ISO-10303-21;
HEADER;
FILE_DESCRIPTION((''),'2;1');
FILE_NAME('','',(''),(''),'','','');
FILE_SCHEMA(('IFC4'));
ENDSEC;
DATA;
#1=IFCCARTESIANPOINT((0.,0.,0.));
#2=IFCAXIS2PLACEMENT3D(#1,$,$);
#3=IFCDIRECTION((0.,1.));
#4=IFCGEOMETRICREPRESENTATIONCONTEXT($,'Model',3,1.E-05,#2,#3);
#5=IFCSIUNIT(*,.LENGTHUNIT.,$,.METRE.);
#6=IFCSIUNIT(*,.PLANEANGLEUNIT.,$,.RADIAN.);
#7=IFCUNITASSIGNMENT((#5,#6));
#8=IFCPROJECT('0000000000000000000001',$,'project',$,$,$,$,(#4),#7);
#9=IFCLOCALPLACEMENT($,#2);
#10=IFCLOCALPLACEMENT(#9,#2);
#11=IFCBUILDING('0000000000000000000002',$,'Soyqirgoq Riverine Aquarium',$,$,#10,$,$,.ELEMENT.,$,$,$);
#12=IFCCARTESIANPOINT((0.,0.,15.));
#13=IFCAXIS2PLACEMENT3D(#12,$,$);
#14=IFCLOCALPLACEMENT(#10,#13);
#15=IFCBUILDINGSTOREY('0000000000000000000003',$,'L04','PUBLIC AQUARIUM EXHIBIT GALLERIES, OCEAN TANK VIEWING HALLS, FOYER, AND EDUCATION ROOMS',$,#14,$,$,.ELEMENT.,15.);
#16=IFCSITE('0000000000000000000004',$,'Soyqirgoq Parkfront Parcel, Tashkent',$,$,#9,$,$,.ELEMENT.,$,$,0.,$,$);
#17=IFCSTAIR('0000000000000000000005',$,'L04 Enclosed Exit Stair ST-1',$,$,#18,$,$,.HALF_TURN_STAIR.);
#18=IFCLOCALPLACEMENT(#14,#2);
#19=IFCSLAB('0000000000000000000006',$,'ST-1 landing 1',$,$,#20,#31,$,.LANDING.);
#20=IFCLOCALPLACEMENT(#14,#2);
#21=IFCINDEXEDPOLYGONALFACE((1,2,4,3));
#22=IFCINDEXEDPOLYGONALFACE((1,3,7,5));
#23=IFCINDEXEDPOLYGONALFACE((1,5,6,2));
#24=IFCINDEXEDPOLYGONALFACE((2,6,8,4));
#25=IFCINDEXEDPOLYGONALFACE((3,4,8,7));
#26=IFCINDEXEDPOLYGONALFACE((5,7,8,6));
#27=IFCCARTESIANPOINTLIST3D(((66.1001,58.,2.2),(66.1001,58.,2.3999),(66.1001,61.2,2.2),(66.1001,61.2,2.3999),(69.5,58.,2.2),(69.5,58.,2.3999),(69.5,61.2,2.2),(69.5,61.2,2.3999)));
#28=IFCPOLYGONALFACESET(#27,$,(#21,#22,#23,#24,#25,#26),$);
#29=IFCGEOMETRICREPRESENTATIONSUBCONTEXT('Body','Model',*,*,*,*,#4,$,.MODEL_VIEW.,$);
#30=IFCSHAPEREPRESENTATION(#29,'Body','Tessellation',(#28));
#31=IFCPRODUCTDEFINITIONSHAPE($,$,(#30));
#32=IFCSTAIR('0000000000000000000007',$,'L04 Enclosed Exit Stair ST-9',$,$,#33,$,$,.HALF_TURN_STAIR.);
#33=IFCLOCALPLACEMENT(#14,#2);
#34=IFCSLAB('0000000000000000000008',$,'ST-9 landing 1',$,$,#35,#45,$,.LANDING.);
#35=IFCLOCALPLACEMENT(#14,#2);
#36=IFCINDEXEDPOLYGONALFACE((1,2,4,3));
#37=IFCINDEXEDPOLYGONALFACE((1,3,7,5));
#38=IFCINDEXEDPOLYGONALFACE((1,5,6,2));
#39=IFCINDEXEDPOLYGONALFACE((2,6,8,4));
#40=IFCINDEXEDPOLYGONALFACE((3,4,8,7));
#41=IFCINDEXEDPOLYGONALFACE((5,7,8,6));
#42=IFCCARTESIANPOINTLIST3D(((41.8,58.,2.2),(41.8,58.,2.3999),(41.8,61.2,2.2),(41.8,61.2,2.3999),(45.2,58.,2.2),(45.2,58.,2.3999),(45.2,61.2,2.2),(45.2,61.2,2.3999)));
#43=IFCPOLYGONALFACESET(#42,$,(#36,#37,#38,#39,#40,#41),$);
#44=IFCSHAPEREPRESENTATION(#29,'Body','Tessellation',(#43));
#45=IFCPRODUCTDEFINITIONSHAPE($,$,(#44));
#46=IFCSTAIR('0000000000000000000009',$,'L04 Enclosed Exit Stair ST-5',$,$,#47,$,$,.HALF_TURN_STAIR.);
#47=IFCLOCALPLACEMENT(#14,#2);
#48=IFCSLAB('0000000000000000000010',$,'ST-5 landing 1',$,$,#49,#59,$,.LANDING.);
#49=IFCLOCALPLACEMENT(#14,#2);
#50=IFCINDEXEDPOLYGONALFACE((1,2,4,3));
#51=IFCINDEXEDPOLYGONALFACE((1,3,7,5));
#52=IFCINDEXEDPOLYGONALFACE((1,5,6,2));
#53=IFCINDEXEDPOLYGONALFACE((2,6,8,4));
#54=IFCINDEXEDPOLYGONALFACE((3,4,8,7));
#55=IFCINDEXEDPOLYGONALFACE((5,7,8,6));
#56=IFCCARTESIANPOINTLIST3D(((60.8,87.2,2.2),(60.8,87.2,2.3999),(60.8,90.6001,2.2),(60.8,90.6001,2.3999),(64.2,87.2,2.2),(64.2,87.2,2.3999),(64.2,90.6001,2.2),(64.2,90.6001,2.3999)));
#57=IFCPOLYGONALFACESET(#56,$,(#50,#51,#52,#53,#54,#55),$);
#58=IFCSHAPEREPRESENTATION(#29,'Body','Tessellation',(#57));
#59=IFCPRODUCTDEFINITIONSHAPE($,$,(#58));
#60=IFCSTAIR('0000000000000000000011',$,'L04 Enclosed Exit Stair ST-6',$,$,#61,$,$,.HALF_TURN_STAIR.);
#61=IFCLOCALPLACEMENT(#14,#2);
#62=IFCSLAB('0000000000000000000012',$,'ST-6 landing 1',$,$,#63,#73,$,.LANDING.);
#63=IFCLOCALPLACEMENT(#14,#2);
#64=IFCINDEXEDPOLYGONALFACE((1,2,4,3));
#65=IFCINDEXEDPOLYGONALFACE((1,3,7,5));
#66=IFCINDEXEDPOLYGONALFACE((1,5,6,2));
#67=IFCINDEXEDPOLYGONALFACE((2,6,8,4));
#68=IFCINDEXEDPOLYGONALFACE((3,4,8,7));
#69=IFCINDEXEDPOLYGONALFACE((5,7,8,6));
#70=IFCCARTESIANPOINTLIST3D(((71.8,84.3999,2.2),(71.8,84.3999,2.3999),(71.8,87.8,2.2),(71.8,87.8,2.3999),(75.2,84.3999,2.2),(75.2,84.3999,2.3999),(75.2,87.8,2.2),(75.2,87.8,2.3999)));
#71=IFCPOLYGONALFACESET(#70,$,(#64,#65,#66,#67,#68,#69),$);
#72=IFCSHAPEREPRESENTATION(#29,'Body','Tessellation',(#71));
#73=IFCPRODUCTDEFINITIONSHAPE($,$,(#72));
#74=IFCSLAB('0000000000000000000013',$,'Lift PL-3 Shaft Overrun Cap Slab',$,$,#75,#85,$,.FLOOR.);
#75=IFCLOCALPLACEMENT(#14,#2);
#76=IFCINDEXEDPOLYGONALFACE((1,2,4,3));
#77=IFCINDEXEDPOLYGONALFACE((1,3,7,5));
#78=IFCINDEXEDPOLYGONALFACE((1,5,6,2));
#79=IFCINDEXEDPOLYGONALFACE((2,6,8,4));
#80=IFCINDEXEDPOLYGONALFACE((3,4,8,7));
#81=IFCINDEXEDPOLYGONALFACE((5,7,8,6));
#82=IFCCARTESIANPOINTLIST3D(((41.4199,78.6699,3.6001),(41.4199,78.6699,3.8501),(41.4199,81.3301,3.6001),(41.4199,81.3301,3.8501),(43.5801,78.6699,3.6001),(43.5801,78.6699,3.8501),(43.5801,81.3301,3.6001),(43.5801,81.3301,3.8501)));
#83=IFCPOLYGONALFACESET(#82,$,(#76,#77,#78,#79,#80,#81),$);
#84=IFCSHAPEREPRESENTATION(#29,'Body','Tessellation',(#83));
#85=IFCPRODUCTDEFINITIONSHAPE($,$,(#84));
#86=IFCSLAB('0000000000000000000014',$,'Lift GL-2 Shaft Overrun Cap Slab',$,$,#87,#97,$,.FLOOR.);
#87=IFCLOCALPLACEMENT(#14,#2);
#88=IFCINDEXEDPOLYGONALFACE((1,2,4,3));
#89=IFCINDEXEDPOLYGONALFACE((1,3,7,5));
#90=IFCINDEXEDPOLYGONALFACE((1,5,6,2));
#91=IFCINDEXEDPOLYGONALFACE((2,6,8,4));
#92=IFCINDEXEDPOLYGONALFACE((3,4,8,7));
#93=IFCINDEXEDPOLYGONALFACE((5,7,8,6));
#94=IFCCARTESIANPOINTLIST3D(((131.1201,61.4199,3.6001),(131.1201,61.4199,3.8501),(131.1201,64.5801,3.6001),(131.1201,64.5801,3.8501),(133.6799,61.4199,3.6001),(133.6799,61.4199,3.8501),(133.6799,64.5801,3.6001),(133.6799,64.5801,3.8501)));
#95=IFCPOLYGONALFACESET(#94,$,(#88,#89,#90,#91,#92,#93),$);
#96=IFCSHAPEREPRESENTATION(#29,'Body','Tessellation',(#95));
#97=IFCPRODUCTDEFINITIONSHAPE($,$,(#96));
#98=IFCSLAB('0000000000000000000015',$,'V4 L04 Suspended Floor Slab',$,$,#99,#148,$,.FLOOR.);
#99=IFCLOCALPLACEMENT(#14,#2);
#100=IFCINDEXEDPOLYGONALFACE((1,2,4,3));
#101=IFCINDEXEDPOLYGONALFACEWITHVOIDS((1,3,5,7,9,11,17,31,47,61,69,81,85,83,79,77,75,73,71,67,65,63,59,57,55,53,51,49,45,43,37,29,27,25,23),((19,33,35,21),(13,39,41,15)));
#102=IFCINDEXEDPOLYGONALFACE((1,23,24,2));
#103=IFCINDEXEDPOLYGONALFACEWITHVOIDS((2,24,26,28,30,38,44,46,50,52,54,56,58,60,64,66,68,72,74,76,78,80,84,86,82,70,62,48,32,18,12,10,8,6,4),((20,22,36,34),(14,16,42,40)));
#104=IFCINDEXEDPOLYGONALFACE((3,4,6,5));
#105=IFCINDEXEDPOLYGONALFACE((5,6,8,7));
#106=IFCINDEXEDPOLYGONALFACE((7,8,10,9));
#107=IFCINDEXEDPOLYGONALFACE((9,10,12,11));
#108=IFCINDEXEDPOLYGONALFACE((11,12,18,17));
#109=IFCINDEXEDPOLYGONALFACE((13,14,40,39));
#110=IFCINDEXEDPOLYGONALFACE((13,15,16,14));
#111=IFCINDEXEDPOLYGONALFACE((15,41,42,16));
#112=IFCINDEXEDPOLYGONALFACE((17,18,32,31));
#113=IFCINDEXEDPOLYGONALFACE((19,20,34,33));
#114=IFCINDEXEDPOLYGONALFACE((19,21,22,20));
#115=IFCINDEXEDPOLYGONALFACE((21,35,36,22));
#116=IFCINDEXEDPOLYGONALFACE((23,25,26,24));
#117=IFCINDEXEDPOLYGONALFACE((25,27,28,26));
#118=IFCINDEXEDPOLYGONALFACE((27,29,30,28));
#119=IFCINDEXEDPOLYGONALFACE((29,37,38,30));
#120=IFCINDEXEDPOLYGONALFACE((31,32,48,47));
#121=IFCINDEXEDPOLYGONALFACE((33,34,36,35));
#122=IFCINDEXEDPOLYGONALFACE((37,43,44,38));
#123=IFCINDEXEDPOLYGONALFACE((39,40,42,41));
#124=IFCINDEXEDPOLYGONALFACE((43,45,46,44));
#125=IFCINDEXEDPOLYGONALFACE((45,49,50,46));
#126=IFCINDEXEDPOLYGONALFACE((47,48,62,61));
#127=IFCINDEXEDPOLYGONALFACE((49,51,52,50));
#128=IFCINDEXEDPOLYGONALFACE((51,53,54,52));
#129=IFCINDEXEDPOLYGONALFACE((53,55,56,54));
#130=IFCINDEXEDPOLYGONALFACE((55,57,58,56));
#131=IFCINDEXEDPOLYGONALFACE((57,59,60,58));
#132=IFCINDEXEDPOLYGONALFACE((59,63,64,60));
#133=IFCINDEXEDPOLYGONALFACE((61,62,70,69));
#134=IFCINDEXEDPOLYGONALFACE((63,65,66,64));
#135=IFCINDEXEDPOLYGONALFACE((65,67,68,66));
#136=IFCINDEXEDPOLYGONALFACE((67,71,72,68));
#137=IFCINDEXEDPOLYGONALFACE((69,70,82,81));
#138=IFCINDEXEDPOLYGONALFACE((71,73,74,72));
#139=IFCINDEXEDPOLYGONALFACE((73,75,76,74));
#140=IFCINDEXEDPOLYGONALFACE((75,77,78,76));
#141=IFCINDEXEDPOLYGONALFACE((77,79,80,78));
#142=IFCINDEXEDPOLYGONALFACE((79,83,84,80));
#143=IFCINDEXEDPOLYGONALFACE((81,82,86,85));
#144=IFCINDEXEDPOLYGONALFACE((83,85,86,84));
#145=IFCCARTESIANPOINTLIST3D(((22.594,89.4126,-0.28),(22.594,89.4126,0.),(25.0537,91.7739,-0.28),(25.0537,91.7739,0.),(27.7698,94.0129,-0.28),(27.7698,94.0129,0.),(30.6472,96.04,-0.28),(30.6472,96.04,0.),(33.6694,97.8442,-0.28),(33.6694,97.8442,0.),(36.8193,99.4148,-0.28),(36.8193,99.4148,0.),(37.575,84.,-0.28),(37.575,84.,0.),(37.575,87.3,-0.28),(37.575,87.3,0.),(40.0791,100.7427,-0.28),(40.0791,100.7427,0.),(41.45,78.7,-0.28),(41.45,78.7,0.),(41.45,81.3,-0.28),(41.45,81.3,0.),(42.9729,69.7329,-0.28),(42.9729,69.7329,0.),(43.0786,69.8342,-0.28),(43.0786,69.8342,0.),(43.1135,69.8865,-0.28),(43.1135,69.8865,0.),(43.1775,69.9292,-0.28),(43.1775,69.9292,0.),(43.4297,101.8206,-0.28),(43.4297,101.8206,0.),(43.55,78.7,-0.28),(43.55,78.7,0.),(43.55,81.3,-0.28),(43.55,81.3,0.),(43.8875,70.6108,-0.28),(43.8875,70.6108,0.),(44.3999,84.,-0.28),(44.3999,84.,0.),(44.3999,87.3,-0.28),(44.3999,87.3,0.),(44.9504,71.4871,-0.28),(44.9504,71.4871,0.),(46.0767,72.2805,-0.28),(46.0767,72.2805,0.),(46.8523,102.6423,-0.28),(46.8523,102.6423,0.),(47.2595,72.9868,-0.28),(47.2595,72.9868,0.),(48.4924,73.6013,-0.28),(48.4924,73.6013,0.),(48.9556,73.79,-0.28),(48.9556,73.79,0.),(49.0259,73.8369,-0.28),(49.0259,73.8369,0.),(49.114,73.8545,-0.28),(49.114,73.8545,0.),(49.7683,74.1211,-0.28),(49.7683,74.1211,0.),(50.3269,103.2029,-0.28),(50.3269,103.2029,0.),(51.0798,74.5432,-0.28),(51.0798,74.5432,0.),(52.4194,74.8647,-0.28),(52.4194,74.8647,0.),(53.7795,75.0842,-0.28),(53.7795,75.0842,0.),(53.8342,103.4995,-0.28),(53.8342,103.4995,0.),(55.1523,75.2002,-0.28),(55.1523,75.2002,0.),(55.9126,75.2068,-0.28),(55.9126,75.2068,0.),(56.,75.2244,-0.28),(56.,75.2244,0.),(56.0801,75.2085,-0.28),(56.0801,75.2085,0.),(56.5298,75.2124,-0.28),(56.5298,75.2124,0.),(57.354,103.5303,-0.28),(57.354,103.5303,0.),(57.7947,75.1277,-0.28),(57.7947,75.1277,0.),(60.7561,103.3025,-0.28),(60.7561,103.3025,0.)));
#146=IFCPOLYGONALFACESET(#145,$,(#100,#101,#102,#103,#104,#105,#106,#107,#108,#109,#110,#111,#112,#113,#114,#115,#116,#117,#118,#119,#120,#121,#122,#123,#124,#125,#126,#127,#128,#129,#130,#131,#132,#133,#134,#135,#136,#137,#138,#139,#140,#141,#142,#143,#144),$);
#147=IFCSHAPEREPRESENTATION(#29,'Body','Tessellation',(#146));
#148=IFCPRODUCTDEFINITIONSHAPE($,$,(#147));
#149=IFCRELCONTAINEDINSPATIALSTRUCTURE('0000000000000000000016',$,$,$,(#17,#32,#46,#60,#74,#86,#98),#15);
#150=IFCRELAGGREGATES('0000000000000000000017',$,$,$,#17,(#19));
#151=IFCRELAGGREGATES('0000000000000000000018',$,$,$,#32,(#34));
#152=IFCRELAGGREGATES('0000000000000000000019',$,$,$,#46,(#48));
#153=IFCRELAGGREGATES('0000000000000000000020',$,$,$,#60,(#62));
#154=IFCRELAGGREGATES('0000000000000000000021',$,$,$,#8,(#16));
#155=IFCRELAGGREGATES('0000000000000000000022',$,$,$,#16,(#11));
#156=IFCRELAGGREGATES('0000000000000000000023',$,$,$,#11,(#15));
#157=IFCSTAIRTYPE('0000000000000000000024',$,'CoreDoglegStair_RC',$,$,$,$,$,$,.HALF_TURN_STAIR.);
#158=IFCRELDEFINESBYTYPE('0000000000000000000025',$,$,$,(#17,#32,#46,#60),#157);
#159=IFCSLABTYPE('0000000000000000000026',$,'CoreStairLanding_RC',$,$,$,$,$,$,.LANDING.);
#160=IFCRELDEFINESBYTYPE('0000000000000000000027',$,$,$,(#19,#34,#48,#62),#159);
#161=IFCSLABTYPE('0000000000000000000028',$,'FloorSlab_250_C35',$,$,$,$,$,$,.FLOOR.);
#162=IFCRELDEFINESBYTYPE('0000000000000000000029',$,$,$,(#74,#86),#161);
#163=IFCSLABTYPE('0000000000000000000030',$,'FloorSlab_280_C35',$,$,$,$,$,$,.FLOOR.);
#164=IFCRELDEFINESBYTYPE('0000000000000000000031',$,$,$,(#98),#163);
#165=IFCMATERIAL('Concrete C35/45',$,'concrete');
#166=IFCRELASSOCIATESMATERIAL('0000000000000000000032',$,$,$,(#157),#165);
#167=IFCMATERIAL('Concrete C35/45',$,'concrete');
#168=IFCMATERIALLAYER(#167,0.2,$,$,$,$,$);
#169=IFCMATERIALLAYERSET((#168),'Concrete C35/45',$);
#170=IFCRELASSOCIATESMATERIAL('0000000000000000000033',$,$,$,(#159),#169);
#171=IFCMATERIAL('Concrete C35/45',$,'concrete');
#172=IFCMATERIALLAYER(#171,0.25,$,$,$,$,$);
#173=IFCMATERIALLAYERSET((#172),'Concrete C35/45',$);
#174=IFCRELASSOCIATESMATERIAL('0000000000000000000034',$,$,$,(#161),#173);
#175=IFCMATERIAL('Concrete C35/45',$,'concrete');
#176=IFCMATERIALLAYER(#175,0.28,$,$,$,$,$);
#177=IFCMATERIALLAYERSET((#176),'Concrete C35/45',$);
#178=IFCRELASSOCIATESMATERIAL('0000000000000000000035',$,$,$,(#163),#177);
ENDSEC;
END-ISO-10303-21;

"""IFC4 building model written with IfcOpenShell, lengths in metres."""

from ifc_helpers import new_model, si_unit, direction, frame, origin, place, context, subcontext, project, spatial, polyline, outline, extrude, material, layer, layer_set, type_object, element, aggregate, save


model = new_model("IFC4")

# Units and contexts
model_context = context("Model", 3, precision=1e-05, world=origin(), true_north=direction((0.0, 1.0)))
body_context = subcontext(model_context, "Body", "Model", "MODEL_VIEW")
ifc_project = project(units=[si_unit("LENGTHUNIT", "METRE"), si_unit("PLANEANGLEUNIT", "RADIAN")], contexts=[model_context])

# Site, building, storey
site_placement = place(None, origin())
site = spatial("IfcSite", under=ifc_project, at=site_placement, Name="Soyqirgoq Parkfront Parcel, Tashkent", CompositionType="ELEMENT", RefElevation=0.0)
building_placement = place(site_placement, origin())
building = spatial("IfcBuilding", under=site, at=building_placement, Name="Soyqirgoq Riverine Aquarium", CompositionType="ELEMENT")
storey_placement = place(building_placement, frame((0.0, 0.0, 15.0)))
storey = spatial("IfcBuildingStorey", under=building, at=storey_placement, Name="L04", Description="PUBLIC AQUARIUM EXHIBIT GALLERIES, OCEAN TANK VIEWING HALLS, FOYER, AND EDUCATION ROOMS", CompositionType="ELEMENT", Elevation=15.0)

# Stairs, slabs
ifc_material_1 = material(Name="Concrete C35/45", Category="concrete")
stair_type = type_object("IfcStairType", Name="CoreDoglegStair_RC", PredefinedType="HALF_TURN_STAIR", material=ifc_material_1)
stair_1_placement = place(storey_placement, origin())
stair_1 = element("IfcStair", 1, at=stair_1_placement, inside=storey, type_object=stair_type, Name="L04 Enclosed Exit Stair ST-1", PredefinedType="HALF_TURN_STAIR")
ifc_material_2 = material(Name="Concrete C35/45", Category="concrete")
ifc_layer_1 = layer(ifc_material_2, 0.2)
ifc_layer_set_1 = layer_set([ifc_layer_1], Name="Concrete C35/45")
slab_type_1 = type_object("IfcSlabType", Name="CoreStairLanding_RC", PredefinedType="LANDING", material=ifc_layer_set_1)
slab_1_placement = place(storey_placement, frame((0.0, 0.0, 2.2)))
slab_1 = element("IfcSlab", 2, at=slab_1_placement, type_object=slab_type_1, Name="ST-1 landing 1", PredefinedType="LANDING", context=body_context, shape_type="SweptSolid", body=[
    extrude(outline(polyline([(69.5, 58.0), (69.5, 61.2), (66.1001, 61.2), (66.1001, 58.0), (69.5, 58.0)])), origin(), (0.0, 0.0, 1.0), 0.2),
])
aggregate(stair_1, [slab_1])
stair_2_placement = place(storey_placement, origin())
stair_2 = element("IfcStair", 3, at=stair_2_placement, inside=storey, type_object=stair_type, Name="L04 Enclosed Exit Stair ST-9", PredefinedType="HALF_TURN_STAIR")
slab_2_placement = place(storey_placement, frame((0.0, 0.0, 2.2)))
slab_2 = element("IfcSlab", 4, at=slab_2_placement, type_object=slab_type_1, Name="ST-9 landing 1", PredefinedType="LANDING", context=body_context, shape_type="SweptSolid", body=[
    extrude(outline(polyline([(45.2, 58.0), (45.2, 61.2), (41.8, 61.2), (41.8, 58.0), (45.2, 58.0)])), origin(), (0.0, 0.0, 1.0), 0.2),
])
aggregate(stair_2, [slab_2])
stair_3_placement = place(storey_placement, origin())
stair_3 = element("IfcStair", 5, at=stair_3_placement, inside=storey, type_object=stair_type, Name="L04 Enclosed Exit Stair ST-5", PredefinedType="HALF_TURN_STAIR")
slab_3_placement = place(storey_placement, frame((0.0, 0.0, 2.2)))
slab_3 = element("IfcSlab", 6, at=slab_3_placement, type_object=slab_type_1, Name="ST-5 landing 1", PredefinedType="LANDING", context=body_context, shape_type="SweptSolid", body=[
    extrude(outline(polyline([(64.2, 87.2), (64.2, 90.6001), (60.8, 90.6001), (60.8, 87.2), (64.2, 87.2)])), origin(), (0.0, 0.0, 1.0), 0.2),
])
aggregate(stair_3, [slab_3])
stair_4_placement = place(storey_placement, origin())
stair_4 = element("IfcStair", 7, at=stair_4_placement, inside=storey, type_object=stair_type, Name="L04 Enclosed Exit Stair ST-6", PredefinedType="HALF_TURN_STAIR")
slab_4_placement = place(storey_placement, frame((0.0, 0.0, 2.2)))
slab_4 = element("IfcSlab", 8, at=slab_4_placement, type_object=slab_type_1, Name="ST-6 landing 1", PredefinedType="LANDING", context=body_context, shape_type="SweptSolid", body=[
    extrude(outline(polyline([(75.2, 84.3999), (75.2, 87.8), (71.8, 87.8), (71.8, 84.3999), (75.2, 84.3999)])), origin(), (0.0, 0.0, 1.0), 0.2),
])
aggregate(stair_4, [slab_4])

# Slabs
ifc_material_3 = material(Name="Concrete C35/45", Category="concrete")
ifc_layer_2 = layer(ifc_material_3, 0.25)
ifc_layer_set_2 = layer_set([ifc_layer_2], Name="Concrete C35/45")
slab_type_2 = type_object("IfcSlabType", Name="FloorSlab_250_C35", PredefinedType="FLOOR", material=ifc_layer_set_2)
slab_5_placement = place(storey_placement, frame((0.0, 0.0, 3.6001)))
element("IfcSlab", 9, at=slab_5_placement, inside=storey, type_object=slab_type_2, Name="Lift PL-3 Shaft Overrun Cap Slab", PredefinedType="FLOOR", context=body_context, shape_type="SweptSolid", body=[
    extrude(outline(polyline([(41.4199, 78.6699), (43.5801, 78.6699), (43.5801, 81.3301), (41.4199, 81.3301), (41.4199, 78.6699)])), origin(), (0.0, 0.0, 1.0), 0.25),
])
slab_6_placement = place(storey_placement, frame((0.0, 0.0, 3.6001)))
element("IfcSlab", 10, at=slab_6_placement, inside=storey, type_object=slab_type_2, Name="Lift GL-2 Shaft Overrun Cap Slab", PredefinedType="FLOOR", context=body_context, shape_type="SweptSolid", body=[
    extrude(outline(polyline([(131.1201, 61.4199), (133.6799, 61.4199), (133.6799, 64.5801), (131.1201, 64.5801), (131.1201, 61.4199)])), origin(), (0.0, 0.0, 1.0), 0.25),
])
ifc_material_4 = material(Name="Concrete C35/45", Category="concrete")
ifc_layer_3 = layer(ifc_material_4, 0.28)
ifc_layer_set_3 = layer_set([ifc_layer_3], Name="Concrete C35/45")
slab_type_3 = type_object("IfcSlabType", Name="FloorSlab_280_C35", PredefinedType="FLOOR", material=ifc_layer_set_3)
slab_7_placement = place(storey_placement, frame((0.0, 0.0, -0.28)))
element("IfcSlab", 11, at=slab_7_placement, inside=storey, type_object=slab_type_3, Name="V4 L04 Suspended Floor Slab", PredefinedType="FLOOR", context=body_context, shape_type="SweptSolid", body=[
    extrude(outline(polyline([(55.1523, 75.2002), (55.9126, 75.2068), (56.0, 75.2244), (56.0801, 75.2085), (56.5298, 75.2124), (57.7947, 75.1277), (60.7561, 103.3025), (57.354, 103.5303), (53.8342, 103.4995), (50.3269, 103.2029), (46.8523, 102.6423), (43.4297, 101.8206), (40.0791, 100.7427), (36.8193, 99.4148), (33.6694, 97.8442), (30.6472, 96.04), (27.7698, 94.0129), (25.0537, 91.7739), (22.594, 89.4126), (42.9729, 69.7329), (43.0786, 69.8342), (43.1135, 69.8865), (43.1775, 69.9292), (43.8875, 70.6108), (44.9504, 71.4871), (46.0767, 72.2805), (47.2595, 72.9868), (48.4924, 73.6013), (48.9556, 73.79), (49.0259, 73.8369), (49.114, 73.8545), (49.7683, 74.1211), (51.0798, 74.5432), (52.4194, 74.8647), (53.7795, 75.0842), (55.1523, 75.2002)]), holes=[polyline([(37.575, 84.0), (44.3999, 84.0), (44.3999, 87.3), (37.575, 87.3), (37.575, 84.0)]), polyline([(41.45, 78.7), (43.55, 78.7), (43.55, 81.3), (41.45, 81.3), (41.45, 78.7)])]), origin(), (0.0, 0.0, 1.0), 0.28),
])

save(model, "model.ifc")
